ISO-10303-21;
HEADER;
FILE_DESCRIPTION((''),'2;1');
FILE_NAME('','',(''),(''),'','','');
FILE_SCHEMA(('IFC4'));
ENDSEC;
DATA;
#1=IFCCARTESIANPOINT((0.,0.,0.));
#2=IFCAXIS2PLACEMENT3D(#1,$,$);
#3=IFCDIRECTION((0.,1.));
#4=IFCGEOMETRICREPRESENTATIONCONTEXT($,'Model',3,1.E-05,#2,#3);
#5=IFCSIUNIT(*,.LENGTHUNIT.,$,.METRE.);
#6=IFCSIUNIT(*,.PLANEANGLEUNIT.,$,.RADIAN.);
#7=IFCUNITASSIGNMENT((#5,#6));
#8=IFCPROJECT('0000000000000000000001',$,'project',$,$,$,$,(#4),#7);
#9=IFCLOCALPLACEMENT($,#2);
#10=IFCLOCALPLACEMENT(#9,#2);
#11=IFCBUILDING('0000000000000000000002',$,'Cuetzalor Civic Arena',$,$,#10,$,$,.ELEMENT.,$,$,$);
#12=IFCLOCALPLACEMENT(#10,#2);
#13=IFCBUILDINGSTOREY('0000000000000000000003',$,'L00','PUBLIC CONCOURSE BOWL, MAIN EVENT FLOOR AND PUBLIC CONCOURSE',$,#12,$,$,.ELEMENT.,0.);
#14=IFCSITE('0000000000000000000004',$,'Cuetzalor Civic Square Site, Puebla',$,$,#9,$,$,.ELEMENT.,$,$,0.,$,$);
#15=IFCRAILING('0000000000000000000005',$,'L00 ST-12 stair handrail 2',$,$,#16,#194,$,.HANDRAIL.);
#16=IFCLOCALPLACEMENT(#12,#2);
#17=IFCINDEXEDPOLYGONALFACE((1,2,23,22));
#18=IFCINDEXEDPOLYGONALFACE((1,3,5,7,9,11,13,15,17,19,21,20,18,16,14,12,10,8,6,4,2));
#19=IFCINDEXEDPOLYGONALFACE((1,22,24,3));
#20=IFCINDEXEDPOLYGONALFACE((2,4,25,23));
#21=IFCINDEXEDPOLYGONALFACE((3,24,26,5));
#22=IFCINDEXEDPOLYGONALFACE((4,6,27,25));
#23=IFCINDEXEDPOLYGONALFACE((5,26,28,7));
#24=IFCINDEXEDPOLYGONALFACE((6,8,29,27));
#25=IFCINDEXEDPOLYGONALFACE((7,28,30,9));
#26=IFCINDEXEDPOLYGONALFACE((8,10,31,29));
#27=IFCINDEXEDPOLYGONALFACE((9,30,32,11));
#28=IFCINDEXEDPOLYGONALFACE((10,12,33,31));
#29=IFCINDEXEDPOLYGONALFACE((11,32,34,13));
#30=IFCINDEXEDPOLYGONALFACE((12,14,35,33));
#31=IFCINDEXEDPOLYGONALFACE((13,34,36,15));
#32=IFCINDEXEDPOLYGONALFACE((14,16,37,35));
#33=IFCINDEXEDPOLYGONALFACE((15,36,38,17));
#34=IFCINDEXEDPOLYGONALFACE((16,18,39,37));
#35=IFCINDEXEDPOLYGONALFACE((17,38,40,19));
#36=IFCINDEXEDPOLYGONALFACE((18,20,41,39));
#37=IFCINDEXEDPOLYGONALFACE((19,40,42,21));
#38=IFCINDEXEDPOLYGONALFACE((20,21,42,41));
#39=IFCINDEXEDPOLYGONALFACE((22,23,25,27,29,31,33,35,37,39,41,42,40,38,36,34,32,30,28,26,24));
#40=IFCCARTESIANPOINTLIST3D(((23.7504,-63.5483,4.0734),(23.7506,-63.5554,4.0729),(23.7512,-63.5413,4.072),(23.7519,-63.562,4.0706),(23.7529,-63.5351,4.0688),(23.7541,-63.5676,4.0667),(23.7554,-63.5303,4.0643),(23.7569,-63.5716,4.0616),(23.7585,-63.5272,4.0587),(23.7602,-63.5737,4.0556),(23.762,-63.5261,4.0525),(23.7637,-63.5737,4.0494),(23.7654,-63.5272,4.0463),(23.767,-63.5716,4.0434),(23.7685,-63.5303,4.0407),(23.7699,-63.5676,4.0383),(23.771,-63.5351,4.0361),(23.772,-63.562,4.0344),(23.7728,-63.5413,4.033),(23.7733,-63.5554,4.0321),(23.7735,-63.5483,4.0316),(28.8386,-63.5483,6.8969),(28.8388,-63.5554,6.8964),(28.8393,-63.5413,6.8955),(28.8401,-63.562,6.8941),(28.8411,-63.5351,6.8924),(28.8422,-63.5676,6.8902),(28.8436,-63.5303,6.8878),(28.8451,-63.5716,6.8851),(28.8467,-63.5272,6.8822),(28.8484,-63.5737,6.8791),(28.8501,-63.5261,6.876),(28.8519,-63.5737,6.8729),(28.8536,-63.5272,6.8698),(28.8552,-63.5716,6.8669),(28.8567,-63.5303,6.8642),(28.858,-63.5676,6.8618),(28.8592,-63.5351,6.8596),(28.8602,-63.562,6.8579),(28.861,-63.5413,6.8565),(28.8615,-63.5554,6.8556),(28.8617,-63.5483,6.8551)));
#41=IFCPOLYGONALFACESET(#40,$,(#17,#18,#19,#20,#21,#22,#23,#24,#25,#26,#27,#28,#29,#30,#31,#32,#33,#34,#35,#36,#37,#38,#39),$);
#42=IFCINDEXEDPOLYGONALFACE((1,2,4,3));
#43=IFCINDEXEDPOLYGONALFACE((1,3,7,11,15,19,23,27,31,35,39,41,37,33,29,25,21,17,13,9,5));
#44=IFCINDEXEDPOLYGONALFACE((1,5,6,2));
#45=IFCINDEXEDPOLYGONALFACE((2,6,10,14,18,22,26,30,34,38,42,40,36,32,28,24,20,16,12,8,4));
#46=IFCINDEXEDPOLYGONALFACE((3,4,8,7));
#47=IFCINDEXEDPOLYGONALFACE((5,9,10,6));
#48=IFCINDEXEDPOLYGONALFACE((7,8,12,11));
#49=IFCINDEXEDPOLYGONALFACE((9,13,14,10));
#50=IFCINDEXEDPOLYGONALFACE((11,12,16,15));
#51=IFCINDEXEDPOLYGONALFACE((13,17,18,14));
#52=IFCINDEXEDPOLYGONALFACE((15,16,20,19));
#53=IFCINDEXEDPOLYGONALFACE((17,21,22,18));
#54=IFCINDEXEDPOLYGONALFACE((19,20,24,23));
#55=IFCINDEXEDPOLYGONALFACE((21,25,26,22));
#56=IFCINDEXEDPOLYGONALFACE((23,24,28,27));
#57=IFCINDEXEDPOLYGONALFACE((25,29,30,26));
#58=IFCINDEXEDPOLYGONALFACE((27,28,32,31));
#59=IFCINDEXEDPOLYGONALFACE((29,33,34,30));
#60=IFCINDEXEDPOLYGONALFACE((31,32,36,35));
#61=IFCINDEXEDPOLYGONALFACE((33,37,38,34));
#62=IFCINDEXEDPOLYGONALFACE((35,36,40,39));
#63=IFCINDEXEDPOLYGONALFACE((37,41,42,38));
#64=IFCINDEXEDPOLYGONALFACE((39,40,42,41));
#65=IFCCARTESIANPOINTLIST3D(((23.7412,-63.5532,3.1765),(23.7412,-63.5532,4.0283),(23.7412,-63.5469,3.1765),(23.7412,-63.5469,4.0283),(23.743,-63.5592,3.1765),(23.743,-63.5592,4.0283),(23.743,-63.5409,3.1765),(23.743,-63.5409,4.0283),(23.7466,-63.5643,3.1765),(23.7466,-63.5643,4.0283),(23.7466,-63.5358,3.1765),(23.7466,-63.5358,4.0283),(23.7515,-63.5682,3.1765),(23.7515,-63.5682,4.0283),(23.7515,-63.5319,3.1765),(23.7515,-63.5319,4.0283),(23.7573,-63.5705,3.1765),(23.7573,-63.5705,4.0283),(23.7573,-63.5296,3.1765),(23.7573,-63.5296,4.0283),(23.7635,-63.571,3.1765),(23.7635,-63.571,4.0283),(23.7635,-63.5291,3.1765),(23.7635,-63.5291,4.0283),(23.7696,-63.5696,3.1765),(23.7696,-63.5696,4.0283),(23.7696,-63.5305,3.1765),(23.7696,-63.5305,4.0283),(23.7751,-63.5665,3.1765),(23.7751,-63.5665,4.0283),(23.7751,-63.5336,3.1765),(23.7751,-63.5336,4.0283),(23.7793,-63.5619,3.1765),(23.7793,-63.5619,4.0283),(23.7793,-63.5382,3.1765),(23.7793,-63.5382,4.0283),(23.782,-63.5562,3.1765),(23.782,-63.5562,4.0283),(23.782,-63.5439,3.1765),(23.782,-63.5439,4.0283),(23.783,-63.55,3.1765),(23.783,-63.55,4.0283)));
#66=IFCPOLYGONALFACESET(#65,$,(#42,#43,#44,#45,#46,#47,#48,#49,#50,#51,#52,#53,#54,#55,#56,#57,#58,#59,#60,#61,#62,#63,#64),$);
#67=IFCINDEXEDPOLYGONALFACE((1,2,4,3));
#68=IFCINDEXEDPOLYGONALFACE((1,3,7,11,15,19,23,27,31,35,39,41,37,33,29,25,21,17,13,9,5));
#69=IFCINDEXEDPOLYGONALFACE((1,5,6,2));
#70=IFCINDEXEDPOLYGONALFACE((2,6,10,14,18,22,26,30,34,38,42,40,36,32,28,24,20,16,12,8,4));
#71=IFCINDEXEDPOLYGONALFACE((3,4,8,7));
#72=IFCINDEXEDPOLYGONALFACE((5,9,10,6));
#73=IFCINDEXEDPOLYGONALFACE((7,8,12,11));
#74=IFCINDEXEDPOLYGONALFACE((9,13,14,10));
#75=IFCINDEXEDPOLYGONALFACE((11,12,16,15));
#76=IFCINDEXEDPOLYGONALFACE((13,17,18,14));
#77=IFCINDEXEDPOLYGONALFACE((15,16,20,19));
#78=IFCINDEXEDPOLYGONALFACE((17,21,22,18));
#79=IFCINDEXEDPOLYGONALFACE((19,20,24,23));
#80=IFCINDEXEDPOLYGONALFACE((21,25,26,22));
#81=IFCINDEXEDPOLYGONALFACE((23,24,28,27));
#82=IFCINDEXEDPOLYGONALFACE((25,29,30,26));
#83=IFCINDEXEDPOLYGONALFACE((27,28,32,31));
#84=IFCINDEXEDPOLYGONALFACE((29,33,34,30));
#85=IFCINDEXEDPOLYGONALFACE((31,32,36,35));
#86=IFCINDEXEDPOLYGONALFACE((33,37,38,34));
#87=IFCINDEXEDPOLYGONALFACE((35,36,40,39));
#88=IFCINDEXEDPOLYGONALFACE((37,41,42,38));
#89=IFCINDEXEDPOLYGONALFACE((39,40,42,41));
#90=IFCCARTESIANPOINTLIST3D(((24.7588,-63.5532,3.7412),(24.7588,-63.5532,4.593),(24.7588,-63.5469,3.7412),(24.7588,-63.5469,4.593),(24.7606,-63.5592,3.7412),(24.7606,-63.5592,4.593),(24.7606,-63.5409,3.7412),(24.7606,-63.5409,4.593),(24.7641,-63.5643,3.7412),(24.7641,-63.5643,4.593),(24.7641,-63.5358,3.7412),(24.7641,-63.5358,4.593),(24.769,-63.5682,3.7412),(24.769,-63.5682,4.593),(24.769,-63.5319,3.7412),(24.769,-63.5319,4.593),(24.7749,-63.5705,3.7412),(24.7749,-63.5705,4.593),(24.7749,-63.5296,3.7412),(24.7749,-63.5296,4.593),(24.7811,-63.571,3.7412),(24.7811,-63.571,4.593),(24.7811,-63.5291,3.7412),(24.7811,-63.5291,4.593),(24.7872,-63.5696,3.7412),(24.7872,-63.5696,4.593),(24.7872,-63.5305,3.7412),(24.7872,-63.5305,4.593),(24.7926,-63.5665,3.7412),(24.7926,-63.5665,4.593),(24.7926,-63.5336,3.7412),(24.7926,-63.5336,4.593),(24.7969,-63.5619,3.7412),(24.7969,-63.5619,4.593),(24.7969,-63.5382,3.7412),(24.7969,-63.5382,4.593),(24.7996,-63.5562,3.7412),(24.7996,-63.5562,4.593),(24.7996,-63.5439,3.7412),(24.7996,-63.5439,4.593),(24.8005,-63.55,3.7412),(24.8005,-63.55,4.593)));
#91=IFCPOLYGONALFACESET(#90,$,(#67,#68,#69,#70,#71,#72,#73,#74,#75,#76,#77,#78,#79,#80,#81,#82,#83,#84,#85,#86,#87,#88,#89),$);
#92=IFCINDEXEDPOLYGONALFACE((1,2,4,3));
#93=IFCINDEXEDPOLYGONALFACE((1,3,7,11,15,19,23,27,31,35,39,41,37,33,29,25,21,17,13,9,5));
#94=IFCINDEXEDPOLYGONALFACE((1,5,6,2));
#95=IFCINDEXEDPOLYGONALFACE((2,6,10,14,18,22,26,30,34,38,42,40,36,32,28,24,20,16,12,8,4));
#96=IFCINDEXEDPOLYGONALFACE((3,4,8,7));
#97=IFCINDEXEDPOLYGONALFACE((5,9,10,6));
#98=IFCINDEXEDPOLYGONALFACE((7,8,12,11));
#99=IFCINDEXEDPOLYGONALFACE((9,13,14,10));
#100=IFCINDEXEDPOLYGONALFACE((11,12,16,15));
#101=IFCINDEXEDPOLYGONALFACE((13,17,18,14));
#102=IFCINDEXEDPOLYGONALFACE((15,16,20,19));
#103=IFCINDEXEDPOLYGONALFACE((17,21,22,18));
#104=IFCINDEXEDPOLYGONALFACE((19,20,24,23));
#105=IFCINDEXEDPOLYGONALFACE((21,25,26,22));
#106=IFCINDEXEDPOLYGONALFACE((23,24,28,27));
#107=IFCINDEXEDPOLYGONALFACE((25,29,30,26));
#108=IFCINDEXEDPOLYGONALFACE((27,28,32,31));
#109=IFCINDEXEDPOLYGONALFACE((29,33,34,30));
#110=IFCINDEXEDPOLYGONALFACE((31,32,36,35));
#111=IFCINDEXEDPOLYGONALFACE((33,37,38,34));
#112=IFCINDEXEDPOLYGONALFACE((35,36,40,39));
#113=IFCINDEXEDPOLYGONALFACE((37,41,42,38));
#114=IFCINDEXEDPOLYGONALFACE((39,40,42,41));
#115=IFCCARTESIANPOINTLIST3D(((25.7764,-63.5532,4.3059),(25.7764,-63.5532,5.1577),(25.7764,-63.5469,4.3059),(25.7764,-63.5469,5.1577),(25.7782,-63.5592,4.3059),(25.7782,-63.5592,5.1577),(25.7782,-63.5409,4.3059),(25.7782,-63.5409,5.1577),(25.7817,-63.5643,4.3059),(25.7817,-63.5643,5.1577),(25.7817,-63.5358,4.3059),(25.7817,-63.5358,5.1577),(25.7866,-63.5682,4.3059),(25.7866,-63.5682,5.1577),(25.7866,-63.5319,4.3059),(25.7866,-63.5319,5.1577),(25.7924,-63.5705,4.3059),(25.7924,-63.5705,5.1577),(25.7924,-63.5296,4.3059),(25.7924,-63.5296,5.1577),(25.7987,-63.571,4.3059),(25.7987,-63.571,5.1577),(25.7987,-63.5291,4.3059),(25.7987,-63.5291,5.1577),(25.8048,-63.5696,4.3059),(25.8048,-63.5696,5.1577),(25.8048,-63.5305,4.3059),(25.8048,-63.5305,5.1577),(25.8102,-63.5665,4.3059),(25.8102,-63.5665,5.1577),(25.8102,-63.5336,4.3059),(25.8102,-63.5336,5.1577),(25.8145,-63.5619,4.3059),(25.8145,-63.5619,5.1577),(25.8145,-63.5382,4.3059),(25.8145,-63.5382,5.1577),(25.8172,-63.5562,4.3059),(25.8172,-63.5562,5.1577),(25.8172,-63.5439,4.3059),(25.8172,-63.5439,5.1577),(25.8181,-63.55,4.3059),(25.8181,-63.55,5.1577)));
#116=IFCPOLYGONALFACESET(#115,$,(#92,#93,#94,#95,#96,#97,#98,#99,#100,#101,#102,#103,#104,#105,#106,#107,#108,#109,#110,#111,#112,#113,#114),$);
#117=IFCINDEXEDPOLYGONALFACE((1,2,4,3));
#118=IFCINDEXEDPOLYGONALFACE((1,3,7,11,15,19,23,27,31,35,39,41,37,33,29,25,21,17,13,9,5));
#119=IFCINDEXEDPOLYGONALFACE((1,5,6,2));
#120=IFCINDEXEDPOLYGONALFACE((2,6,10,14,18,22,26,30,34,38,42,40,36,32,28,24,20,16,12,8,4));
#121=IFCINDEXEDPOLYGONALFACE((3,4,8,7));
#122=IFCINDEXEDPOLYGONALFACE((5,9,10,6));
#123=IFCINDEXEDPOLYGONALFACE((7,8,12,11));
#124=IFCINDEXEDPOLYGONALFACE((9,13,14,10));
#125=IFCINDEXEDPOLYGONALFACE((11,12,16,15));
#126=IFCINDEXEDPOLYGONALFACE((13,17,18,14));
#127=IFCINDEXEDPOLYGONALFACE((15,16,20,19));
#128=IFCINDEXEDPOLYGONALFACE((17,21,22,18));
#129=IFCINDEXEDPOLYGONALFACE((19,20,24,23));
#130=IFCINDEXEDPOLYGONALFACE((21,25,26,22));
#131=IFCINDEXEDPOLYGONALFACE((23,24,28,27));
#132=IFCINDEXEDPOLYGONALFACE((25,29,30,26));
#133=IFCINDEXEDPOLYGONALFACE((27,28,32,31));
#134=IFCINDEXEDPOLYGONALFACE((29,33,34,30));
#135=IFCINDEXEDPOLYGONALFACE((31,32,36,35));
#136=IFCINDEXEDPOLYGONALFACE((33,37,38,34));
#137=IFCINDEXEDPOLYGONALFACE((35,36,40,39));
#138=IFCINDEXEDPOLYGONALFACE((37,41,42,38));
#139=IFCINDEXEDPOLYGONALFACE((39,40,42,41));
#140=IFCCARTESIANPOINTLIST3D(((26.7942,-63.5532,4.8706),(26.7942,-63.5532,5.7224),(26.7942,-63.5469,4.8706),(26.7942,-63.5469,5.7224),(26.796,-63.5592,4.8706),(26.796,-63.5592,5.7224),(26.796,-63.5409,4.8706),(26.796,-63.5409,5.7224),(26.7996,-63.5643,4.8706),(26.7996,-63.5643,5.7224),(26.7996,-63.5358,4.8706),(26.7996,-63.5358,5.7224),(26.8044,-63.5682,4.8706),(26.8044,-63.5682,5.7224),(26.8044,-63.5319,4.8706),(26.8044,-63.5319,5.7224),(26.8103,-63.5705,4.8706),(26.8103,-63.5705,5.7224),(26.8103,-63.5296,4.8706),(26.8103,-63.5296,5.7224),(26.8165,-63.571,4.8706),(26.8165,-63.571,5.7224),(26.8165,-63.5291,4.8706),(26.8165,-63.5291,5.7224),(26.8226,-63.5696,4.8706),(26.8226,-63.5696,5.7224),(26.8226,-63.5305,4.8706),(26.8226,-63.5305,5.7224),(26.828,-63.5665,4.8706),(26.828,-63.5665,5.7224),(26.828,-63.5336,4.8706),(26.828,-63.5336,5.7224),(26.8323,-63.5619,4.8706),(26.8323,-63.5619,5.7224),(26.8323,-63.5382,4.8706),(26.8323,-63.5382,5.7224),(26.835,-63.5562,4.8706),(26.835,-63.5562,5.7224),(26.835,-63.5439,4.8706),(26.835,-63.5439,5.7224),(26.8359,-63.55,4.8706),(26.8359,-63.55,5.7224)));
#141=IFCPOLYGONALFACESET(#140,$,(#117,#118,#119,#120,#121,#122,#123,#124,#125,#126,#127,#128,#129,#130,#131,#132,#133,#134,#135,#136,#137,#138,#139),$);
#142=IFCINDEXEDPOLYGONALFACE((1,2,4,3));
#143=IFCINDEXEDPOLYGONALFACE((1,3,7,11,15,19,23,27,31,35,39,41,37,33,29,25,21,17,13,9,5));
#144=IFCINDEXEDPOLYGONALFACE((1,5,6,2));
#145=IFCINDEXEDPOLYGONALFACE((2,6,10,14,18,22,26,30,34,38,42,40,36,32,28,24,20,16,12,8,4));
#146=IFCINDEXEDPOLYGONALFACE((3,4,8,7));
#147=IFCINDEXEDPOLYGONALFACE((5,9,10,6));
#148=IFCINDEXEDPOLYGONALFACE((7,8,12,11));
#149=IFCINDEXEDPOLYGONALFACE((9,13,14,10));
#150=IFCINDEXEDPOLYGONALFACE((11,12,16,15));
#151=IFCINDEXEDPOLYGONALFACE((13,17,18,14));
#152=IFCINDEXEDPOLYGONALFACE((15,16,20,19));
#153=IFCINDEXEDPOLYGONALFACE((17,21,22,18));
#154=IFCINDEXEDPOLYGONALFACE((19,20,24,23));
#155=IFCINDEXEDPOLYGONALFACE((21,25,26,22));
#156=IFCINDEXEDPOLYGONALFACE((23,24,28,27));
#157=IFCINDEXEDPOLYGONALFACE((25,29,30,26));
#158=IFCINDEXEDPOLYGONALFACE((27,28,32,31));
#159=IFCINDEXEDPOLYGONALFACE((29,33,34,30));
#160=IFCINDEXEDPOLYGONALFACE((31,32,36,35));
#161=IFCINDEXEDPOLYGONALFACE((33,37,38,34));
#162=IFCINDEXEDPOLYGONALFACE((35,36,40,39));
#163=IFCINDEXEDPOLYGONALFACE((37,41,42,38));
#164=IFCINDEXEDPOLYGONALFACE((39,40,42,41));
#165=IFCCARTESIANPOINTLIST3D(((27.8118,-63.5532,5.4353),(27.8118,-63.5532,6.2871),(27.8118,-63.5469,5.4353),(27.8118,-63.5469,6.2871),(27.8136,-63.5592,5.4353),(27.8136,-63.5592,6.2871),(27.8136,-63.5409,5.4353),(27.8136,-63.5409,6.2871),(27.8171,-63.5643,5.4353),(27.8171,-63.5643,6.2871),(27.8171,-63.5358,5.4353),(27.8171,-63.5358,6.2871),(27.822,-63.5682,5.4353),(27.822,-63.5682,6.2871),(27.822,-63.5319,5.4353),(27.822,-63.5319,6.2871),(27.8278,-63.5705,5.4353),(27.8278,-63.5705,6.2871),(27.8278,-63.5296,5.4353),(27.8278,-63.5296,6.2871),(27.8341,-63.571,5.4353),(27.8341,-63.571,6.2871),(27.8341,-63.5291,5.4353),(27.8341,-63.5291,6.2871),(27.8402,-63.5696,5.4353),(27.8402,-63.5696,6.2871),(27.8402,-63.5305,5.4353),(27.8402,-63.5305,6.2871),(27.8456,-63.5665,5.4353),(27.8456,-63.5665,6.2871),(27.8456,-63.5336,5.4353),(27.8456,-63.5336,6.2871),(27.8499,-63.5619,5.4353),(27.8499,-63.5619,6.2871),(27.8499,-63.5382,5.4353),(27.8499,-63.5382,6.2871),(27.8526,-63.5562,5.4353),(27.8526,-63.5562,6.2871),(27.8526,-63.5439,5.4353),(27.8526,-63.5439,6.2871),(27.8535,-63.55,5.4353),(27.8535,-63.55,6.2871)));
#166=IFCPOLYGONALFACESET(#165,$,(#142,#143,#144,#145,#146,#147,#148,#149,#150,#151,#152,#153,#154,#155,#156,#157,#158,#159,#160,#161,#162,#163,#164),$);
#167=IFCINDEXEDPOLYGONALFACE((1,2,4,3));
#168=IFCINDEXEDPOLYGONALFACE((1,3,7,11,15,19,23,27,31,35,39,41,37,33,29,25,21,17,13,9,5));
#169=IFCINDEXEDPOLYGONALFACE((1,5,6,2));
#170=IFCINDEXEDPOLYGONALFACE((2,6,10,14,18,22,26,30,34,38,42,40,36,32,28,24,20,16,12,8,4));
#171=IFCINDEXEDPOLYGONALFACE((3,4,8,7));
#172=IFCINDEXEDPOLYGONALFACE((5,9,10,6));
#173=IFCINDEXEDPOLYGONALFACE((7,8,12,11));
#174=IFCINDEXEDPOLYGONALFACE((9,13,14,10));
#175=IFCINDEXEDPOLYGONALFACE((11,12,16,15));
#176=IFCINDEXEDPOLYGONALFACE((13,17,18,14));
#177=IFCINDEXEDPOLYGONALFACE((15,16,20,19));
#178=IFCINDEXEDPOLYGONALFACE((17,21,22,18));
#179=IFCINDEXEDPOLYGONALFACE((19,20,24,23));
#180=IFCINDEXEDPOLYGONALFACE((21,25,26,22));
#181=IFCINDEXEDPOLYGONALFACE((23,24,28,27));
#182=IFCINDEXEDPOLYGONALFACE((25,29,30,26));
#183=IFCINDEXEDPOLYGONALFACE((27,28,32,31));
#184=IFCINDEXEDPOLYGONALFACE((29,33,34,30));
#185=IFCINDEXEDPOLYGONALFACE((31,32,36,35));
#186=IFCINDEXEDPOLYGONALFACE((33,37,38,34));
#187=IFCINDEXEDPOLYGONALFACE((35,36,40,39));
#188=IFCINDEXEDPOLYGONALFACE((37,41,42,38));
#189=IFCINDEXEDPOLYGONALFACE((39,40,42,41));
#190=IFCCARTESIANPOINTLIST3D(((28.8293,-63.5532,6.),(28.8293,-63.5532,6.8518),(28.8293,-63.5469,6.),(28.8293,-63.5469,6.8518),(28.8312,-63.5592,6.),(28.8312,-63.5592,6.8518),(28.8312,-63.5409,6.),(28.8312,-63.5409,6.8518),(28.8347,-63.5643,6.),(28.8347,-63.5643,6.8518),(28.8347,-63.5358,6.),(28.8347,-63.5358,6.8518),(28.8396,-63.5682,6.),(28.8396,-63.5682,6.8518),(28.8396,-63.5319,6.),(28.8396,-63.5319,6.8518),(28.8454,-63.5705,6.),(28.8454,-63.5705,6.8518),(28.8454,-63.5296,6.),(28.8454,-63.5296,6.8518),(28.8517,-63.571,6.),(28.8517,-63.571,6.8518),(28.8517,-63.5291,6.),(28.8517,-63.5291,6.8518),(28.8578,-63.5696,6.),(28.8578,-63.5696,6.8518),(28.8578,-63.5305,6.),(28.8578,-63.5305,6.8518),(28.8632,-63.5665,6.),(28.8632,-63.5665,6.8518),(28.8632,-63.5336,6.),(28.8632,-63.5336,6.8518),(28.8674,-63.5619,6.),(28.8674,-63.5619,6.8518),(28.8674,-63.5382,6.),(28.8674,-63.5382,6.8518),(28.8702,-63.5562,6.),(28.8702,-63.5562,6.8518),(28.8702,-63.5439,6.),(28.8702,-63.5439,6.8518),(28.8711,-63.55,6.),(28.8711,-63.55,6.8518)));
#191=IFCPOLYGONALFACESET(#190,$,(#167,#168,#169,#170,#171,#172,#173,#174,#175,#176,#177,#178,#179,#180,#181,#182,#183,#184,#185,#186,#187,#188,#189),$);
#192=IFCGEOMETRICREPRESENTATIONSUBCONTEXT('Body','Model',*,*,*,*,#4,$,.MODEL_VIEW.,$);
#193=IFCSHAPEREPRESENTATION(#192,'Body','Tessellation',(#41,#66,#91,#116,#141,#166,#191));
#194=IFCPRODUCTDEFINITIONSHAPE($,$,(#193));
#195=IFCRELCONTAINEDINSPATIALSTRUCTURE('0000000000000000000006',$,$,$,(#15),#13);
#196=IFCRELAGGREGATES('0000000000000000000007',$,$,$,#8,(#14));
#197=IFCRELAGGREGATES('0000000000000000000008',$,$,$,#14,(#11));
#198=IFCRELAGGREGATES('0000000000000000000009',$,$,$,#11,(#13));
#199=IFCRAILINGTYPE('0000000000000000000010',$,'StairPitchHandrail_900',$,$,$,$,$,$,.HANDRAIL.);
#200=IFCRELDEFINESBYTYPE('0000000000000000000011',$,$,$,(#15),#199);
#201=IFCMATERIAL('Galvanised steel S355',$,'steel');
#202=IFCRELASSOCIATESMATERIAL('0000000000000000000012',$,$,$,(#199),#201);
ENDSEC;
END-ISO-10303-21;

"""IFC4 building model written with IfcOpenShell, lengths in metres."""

from ifc_helpers import new_model, si_unit, direction, frame, origin, origin_2d, place, context, subcontext, project, spatial, circle, extrude, material, type_object, element, save


model = new_model("IFC4")

# Units and contexts
model_context = context("Model", 3, precision=1e-05, world=origin(), true_north=direction((0.0, 1.0)))
body_context = subcontext(model_context, "Body", "Model", "MODEL_VIEW")
ifc_project = project(units=[si_unit("LENGTHUNIT", "METRE"), si_unit("PLANEANGLEUNIT", "RADIAN")], contexts=[model_context])

# Site, building, storey
site_placement = place(None, origin())
site = spatial("IfcSite", under=ifc_project, at=site_placement, Name="Cuetzalor Civic Square Site, Puebla", CompositionType="ELEMENT", RefElevation=0.0)
building_placement = place(site_placement, origin())
building = spatial("IfcBuilding", under=site, at=building_placement, Name="Cuetzalor Civic Arena", CompositionType="ELEMENT")
storey_placement = place(building_placement, origin())
storey = spatial("IfcBuildingStorey", under=building, at=storey_placement, Name="L00", Description="PUBLIC CONCOURSE BOWL, MAIN EVENT FLOOR AND PUBLIC CONCOURSE", CompositionType="ELEMENT", Elevation=0.0)

# Railing
ifc_material_1 = material(Name="Galvanised steel S355", Category="steel")
railing_type_1 = type_object("IfcRailingType", Name="StairPitchHandrail_900", PredefinedType="HANDRAIL", material=ifc_material_1)
railing_1_placement = place(storey_placement, frame((23.762, -63.55, 3.1765)))
element("IfcRailing", 1, at=railing_1_placement, inside=storey, type_object=railing_type_1, Name="L00 ST-12 stair handrail 2", PredefinedType="HANDRAIL", context=body_context, shape_type="SweptSolid", body=[
    extrude(circle(Radius=0.0239, at=origin_2d()), frame((0.0, 0.0, 0.876), z_axis=(0.874395, 0.0, 0.485215), x_axis=(0.0, 1.0, 0.0)), (0.0, 0.0, 1.0), 5.8191),
    extrude(circle(Radius=0.021, at=origin_2d()), origin(), (0.0, 0.0, 1.0), 0.8518),
    extrude(circle(Radius=0.021, at=origin_2d()), frame((1.0176, 0.0, 0.5647)), (0.0, 0.0, 1.0), 0.8518),
    extrude(circle(Radius=0.021, at=origin_2d()), frame((2.0352, 0.0, 1.1294)), (0.0, 0.0, 1.0), 0.8518),
    extrude(circle(Radius=0.021, at=origin_2d()), frame((3.053, 0.0, 1.6941)), (0.0, 0.0, 1.0), 0.8518),
    extrude(circle(Radius=0.021, at=origin_2d()), frame((4.0706, 0.0, 2.2588)), (0.0, 0.0, 1.0), 0.8518),
    extrude(circle(Radius=0.021, at=origin_2d()), frame((5.0881, 0.0, 2.8235)), (0.0, 0.0, 1.0), 0.8518),
])

save(model, "model.ifc")
